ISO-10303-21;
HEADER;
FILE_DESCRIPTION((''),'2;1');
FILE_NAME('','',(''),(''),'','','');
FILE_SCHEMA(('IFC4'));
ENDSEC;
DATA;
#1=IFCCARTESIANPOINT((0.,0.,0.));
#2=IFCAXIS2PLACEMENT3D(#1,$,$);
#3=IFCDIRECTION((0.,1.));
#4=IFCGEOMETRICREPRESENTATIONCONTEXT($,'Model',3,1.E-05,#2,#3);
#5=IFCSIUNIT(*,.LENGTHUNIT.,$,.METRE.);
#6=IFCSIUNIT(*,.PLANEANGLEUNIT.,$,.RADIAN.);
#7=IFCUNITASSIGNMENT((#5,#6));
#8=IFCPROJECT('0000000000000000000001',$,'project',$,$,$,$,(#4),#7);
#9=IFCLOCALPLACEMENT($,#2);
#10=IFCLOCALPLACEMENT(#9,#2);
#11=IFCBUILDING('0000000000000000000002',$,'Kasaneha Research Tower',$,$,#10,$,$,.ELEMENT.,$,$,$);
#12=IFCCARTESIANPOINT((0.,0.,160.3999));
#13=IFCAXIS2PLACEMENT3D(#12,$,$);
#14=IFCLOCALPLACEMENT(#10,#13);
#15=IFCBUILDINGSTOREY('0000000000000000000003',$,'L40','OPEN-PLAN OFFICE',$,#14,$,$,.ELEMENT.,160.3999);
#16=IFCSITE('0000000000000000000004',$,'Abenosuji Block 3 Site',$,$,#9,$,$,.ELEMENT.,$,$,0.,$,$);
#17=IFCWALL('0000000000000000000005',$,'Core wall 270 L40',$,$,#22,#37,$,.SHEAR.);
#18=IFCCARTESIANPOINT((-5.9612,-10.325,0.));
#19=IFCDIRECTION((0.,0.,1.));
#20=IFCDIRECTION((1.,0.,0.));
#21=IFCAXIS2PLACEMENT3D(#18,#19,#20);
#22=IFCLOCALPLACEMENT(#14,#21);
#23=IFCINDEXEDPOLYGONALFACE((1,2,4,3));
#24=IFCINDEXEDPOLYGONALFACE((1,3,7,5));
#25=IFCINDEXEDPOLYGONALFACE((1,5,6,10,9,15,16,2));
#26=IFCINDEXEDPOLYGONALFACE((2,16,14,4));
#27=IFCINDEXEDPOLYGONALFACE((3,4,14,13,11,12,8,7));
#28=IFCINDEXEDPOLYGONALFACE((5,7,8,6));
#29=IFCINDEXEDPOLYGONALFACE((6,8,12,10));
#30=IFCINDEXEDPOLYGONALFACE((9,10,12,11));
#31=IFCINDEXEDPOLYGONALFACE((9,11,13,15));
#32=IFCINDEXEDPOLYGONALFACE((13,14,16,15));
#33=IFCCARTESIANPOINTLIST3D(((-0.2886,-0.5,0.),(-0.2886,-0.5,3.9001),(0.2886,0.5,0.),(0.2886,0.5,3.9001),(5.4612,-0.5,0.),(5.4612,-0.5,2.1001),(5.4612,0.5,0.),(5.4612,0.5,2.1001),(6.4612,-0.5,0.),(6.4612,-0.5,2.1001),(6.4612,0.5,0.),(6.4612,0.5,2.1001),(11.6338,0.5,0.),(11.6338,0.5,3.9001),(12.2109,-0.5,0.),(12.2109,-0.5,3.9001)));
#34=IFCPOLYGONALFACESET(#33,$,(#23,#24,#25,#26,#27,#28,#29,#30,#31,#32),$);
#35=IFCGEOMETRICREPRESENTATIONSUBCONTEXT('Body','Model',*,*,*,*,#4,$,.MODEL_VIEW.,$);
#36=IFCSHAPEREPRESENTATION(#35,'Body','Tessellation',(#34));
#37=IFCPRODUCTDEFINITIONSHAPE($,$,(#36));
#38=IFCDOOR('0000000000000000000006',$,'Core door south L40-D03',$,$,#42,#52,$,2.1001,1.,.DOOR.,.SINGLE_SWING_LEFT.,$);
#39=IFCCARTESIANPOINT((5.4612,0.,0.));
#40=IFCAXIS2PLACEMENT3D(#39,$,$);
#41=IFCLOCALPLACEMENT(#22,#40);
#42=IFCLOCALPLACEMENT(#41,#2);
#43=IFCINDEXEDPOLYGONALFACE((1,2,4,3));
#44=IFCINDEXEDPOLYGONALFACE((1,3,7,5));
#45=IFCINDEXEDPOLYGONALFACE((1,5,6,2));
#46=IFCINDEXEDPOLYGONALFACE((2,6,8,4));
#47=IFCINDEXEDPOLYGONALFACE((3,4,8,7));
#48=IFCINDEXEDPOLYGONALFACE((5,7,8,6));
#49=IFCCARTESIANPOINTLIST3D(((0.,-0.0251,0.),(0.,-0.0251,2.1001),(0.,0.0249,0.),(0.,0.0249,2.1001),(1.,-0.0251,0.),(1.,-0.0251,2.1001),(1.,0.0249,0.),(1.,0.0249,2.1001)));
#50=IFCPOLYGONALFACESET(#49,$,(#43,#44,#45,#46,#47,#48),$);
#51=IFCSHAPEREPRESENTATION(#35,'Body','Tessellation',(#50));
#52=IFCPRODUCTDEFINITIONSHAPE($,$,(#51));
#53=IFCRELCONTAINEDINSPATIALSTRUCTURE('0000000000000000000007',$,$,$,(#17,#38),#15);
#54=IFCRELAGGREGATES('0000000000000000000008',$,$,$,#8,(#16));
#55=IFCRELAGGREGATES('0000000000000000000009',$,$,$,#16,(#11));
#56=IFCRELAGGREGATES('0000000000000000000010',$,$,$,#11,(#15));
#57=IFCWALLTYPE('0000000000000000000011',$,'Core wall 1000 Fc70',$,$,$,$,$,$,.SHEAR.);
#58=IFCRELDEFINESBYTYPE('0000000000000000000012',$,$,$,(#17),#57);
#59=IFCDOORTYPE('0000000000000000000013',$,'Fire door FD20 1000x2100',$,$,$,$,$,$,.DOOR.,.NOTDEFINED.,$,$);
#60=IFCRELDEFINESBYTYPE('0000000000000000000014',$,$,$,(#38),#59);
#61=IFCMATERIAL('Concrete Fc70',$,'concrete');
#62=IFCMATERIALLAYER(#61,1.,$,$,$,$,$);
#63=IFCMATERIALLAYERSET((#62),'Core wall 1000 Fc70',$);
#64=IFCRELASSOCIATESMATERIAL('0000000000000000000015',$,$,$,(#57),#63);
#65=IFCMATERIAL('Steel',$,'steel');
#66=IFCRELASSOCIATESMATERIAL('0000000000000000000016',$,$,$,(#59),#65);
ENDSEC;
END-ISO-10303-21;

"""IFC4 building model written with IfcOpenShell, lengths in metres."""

from ifc_helpers import new_model, si_unit, direction, frame, frame_2d, origin, place, context, subcontext, project, spatial, polyline, rectangle, outline, extrude, material, layer, layer_set, type_object, element, fill, save


model = new_model("IFC4")

# Units and contexts
model_context = context("Model", 3, precision=1e-05, world=origin(), true_north=direction((0.0, 1.0)))
body_context = subcontext(model_context, "Body", "Model", "MODEL_VIEW")
ifc_project = project(units=[si_unit("LENGTHUNIT", "METRE"), si_unit("PLANEANGLEUNIT", "RADIAN")], contexts=[model_context])

# Site, building, storey
site_placement = place(None, origin())
site = spatial("IfcSite", under=ifc_project, at=site_placement, Name="Abenosuji Block 3 Site", CompositionType="ELEMENT", RefElevation=0.0)
building_placement = place(site_placement, origin())
building = spatial("IfcBuilding", under=site, at=building_placement, Name="Kasaneha Research Tower", CompositionType="ELEMENT")
storey_placement = place(building_placement, frame((0.0, 0.0, 160.3999)))
storey = spatial("IfcBuildingStorey", under=building, at=storey_placement, Name="L40", Description="OPEN-PLAN OFFICE", CompositionType="ELEMENT", Elevation=160.3999)

# Wall, opening, door
ifc_material_1 = material(Name="Concrete Fc70", Category="concrete")
ifc_layer_1 = layer(ifc_material_1, 1.0)
ifc_layer_set_1 = layer_set([ifc_layer_1], Name="Core wall 1000 Fc70")
wall_type_1 = type_object("IfcWallType", Name="Core wall 1000 Fc70", PredefinedType="SHEAR", material=ifc_layer_set_1)
wall_1_placement = place(storey_placement, frame((-5.9612, -10.325, 0.0), z_axis=(0.0, 0.0, 1.0), x_axis=(1.0, 0.0, 0.0)))
wall_1 = element("IfcWall", 1, at=wall_1_placement, inside=storey, type_object=wall_type_1, Name="Core wall 270 L40", PredefinedType="SHEAR", context=body_context, shape_type="SweptSolid", body=[
    extrude(outline(polyline([(-0.2886, -0.5), (5.4612, -0.5), (6.4612, -0.5), (12.2109, -0.5), (11.6338, 0.5), (6.4612, 0.5), (5.4612, 0.5), (0.2886, 0.5), (-0.2886, -0.5)])), origin(), (0.0, 0.0, 1.0), 3.9001),
])
opening_1_placement = place(wall_1_placement, frame((5.4612, 0.0, 0.0)))
opening_1 = element("IfcOpeningElement", 2, at=opening_1_placement, cuts=wall_1, PredefinedType="OPENING", context=body_context, shape_type="SweptSolid", body=[
    extrude(rectangle(XDim=1.0, YDim=2.1001, at=frame_2d((0.5, 1.05))), frame((0.0, 0.51, 0.0), z_axis=(0.0, -1.0, 0.0), x_axis=(1.0, 0.0, 0.0)), (0.0, 0.0, 1.0), 1.02),
])
ifc_material_2 = material(Name="Steel", Category="steel")
door_type_1 = type_object("IfcDoorType", Name="Fire door FD20 1000x2100", OperationType="NOTDEFINED", PredefinedType="DOOR", material=ifc_material_2)
door_1_placement = place(opening_1_placement, origin())
door_1 = element("IfcDoor", 3, at=door_1_placement, inside=storey, type_object=door_type_1, Name="Core door south L40-D03", OperationType="SINGLE_SWING_LEFT", OverallHeight=2.1001, OverallWidth=1.0, PredefinedType="DOOR", context=body_context, shape_type="SweptSolid", body=[
    extrude(rectangle(XDim=1.0, YDim=2.1001, at=frame_2d((0.5, 1.05))), frame((0.0, 0.0249, 0.0), z_axis=(0.0, -1.0, 0.0), x_axis=(1.0, 0.0, 0.0)), (0.0, 0.0, 1.0), 0.05),
])
fill(opening_1, door_1)

save(model, "model.ifc")
